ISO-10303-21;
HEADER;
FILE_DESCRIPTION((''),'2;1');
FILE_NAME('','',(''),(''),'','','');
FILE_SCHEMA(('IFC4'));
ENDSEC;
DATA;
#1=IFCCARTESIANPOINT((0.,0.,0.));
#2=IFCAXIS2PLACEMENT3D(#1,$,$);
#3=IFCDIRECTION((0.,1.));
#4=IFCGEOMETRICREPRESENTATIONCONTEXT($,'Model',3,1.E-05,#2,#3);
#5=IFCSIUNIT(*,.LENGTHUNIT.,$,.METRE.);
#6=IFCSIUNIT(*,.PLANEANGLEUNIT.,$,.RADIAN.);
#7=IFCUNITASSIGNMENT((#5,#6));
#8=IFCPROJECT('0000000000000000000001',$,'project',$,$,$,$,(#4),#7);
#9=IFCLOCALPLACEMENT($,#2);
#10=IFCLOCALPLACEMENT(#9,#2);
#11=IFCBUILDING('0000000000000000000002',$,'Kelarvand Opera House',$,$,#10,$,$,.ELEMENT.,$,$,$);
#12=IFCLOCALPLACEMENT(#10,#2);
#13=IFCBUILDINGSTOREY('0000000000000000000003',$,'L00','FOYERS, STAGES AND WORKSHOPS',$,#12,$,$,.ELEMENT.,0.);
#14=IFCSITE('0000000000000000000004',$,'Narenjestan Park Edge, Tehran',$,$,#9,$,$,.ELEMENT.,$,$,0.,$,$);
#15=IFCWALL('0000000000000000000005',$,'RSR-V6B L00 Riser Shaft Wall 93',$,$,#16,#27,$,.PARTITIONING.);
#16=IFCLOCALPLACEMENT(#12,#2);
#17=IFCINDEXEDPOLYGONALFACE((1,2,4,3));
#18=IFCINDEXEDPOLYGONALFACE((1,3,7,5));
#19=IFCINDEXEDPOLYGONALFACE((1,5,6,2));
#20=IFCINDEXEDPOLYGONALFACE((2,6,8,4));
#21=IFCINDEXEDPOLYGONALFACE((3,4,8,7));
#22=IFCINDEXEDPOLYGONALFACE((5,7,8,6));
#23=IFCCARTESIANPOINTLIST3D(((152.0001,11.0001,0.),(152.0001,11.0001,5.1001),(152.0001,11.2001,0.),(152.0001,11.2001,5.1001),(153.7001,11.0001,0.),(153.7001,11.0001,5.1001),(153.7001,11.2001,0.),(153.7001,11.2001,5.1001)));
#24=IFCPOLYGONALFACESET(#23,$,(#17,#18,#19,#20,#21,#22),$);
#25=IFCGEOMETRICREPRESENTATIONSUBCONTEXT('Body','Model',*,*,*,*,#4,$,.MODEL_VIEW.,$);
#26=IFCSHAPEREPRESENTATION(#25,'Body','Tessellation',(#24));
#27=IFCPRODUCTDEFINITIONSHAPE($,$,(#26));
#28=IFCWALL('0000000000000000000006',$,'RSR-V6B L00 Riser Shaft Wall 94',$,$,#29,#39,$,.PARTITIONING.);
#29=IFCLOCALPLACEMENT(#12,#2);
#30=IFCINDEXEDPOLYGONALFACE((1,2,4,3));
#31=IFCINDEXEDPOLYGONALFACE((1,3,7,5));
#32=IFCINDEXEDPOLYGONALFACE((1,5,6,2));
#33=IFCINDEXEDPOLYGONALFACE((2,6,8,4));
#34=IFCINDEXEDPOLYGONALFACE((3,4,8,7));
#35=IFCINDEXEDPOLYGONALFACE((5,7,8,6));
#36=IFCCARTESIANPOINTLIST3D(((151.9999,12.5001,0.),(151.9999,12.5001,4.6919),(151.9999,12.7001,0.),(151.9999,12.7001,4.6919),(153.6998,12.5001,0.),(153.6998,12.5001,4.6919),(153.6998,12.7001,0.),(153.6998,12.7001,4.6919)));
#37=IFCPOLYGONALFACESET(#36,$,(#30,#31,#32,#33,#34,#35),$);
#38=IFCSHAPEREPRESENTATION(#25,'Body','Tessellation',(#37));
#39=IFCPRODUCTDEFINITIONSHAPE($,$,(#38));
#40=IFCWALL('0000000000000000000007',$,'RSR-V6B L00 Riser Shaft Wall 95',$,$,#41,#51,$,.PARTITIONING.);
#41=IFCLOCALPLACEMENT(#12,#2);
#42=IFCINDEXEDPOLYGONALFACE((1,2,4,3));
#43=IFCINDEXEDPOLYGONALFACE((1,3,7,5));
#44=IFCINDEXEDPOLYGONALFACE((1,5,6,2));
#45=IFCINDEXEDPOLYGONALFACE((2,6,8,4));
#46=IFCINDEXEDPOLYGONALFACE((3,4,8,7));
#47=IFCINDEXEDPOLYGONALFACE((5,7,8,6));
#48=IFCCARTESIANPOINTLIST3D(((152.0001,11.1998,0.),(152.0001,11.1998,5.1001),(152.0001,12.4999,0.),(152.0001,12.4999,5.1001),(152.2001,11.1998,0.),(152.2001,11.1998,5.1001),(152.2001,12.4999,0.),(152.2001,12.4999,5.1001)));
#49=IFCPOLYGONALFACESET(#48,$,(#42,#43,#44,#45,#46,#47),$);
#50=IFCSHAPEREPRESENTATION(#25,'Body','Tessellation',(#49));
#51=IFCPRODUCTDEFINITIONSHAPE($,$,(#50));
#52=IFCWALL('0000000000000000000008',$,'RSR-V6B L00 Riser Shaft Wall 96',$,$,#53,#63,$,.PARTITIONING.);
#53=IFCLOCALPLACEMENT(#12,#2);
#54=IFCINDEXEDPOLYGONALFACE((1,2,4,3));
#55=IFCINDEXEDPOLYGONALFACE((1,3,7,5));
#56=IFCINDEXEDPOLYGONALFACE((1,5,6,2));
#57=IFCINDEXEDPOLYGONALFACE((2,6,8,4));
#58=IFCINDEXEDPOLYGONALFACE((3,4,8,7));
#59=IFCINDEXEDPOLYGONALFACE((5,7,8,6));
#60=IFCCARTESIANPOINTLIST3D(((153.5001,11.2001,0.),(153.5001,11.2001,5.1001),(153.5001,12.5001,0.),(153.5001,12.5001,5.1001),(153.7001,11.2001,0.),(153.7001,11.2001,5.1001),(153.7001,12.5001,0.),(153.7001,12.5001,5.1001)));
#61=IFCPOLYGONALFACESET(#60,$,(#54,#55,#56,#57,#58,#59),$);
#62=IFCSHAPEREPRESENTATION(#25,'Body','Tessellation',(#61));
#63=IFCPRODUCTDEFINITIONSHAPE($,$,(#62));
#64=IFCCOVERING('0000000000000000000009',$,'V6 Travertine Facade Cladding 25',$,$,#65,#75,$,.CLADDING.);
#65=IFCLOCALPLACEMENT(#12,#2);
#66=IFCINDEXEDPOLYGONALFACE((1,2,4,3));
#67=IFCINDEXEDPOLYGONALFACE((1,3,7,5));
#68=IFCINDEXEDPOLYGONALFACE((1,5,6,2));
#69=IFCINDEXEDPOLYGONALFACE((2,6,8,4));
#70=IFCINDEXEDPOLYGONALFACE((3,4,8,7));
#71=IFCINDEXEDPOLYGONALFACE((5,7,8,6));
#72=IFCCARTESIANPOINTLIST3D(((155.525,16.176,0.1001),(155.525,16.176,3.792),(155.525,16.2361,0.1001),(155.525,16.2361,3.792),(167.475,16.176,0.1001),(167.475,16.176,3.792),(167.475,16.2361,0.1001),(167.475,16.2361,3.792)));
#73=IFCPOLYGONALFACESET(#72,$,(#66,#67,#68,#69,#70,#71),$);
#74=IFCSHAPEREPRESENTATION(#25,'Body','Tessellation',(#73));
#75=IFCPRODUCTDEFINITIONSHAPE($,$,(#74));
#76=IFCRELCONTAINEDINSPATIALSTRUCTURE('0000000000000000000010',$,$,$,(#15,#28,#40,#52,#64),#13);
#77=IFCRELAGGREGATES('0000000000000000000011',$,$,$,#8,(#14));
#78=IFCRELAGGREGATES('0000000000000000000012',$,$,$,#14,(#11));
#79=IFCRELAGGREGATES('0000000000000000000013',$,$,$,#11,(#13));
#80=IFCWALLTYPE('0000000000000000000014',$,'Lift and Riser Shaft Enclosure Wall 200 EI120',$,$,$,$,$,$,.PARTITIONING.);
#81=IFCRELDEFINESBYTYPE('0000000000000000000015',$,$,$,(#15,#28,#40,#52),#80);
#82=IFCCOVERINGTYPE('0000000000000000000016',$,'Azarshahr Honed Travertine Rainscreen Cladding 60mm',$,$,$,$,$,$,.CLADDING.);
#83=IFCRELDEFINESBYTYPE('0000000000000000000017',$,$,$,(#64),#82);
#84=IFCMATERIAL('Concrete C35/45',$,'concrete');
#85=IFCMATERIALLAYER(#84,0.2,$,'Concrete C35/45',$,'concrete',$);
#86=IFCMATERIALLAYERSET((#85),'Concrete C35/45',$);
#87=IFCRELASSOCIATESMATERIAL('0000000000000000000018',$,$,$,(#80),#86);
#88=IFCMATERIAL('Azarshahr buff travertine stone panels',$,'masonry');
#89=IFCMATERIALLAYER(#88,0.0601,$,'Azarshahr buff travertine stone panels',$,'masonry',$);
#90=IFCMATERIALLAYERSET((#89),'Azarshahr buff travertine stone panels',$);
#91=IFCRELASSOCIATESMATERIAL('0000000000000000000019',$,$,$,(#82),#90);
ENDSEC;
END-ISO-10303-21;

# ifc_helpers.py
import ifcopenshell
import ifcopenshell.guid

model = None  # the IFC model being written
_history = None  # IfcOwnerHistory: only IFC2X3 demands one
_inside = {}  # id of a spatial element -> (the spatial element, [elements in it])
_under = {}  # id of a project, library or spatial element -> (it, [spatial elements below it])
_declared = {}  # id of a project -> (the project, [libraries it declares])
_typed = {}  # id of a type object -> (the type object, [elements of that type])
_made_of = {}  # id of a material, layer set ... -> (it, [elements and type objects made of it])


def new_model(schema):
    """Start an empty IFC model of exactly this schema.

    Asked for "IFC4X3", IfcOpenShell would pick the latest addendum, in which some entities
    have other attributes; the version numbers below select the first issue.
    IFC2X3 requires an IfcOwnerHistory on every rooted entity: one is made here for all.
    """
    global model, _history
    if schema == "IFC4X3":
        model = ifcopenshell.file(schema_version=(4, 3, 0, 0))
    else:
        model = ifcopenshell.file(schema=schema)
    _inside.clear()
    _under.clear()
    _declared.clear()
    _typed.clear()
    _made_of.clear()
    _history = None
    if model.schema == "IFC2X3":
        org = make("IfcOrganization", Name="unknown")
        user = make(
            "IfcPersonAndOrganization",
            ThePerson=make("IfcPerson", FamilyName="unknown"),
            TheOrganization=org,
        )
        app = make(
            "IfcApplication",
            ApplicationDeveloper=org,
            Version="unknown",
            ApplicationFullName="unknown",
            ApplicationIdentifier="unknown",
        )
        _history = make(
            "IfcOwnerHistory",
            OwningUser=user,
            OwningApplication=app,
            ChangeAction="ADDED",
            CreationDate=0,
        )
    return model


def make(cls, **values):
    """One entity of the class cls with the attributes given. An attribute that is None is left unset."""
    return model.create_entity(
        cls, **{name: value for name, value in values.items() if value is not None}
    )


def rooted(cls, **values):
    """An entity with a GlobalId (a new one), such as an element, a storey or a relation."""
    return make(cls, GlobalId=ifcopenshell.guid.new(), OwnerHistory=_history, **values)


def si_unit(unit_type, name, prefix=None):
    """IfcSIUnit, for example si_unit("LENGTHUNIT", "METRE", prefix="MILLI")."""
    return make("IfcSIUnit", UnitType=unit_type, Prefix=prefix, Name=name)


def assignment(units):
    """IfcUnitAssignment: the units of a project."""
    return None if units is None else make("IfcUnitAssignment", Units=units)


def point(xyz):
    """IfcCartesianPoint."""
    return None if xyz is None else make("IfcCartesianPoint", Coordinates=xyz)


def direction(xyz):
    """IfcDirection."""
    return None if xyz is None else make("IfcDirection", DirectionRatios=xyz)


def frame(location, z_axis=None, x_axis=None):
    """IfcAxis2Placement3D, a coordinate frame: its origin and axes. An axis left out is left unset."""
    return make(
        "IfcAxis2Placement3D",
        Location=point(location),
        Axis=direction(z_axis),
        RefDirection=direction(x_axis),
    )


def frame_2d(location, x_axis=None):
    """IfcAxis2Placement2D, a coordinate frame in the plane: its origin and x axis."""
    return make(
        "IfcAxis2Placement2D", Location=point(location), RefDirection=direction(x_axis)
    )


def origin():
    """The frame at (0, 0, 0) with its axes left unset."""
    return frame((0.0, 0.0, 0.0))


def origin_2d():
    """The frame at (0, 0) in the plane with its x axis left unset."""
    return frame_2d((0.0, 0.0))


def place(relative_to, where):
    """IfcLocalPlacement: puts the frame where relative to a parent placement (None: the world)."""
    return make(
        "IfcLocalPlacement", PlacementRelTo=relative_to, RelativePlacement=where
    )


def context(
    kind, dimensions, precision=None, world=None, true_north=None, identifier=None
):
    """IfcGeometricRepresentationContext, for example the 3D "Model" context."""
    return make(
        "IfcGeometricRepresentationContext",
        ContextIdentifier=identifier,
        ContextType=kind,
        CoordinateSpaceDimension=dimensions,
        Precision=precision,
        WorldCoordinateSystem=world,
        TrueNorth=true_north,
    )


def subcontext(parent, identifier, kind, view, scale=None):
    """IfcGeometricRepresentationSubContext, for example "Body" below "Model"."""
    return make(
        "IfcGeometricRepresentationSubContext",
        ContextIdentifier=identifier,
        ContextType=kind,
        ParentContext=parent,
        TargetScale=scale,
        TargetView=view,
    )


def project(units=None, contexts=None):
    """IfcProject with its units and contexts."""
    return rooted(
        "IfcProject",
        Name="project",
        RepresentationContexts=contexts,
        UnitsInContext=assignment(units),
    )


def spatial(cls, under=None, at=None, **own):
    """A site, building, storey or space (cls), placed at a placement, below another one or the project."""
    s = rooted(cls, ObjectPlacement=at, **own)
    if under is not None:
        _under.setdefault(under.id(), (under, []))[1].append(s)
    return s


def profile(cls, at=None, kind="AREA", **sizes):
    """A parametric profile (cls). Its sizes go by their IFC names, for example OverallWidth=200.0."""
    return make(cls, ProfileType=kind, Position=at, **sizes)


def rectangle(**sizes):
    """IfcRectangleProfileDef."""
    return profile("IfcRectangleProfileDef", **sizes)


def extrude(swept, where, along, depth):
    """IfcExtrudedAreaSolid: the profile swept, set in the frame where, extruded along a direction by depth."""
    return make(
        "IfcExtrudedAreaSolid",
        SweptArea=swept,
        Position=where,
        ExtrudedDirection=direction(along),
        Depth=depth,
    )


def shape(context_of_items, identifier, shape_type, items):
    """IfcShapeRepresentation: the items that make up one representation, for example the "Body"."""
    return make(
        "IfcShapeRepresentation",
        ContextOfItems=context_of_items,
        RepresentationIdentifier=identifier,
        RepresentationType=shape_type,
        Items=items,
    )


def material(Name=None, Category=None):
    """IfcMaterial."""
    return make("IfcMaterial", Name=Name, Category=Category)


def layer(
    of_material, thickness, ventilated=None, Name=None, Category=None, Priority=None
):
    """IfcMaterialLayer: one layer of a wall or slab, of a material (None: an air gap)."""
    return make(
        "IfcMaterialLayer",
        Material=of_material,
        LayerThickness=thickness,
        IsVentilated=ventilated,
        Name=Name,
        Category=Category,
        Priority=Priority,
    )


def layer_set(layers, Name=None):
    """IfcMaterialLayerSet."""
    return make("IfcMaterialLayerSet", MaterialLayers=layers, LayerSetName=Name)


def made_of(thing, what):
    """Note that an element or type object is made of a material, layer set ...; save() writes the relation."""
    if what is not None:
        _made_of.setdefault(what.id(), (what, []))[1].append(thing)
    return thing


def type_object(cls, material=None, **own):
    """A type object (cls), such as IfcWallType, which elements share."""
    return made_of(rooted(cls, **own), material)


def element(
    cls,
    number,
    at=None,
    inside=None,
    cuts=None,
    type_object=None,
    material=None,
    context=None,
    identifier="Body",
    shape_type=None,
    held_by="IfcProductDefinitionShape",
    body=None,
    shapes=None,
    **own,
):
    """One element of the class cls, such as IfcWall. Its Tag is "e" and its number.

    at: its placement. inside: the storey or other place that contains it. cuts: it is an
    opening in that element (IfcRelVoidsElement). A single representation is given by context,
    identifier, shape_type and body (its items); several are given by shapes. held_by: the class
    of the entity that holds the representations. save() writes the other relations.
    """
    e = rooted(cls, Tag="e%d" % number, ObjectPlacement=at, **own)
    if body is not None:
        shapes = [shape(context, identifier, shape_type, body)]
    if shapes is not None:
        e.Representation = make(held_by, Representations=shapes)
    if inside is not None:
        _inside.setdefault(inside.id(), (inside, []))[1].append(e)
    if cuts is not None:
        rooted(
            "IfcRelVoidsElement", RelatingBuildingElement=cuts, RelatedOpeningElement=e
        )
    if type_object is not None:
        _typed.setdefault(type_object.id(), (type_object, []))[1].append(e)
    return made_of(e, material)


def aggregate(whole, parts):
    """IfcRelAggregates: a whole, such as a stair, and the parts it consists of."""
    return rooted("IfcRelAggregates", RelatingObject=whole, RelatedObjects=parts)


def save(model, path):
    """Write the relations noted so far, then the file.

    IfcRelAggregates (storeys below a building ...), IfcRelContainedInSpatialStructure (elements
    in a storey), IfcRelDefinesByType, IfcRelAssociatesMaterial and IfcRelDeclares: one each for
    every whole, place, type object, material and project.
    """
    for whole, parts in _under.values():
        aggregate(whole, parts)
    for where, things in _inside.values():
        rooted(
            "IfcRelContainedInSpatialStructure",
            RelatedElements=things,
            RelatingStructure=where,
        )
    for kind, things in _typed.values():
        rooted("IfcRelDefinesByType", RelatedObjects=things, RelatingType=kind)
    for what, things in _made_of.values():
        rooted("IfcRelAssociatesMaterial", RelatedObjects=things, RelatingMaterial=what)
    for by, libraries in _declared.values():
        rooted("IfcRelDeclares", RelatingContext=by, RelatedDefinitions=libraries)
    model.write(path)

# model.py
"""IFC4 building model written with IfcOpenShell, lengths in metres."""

from ifc_helpers import new_model, si_unit, direction, frame, frame_2d, origin, origin_2d, place, context, subcontext, project, spatial, rectangle, extrude, material, layer, layer_set, type_object, element, save


model = new_model("IFC4")

# Units and contexts
model_context = context("Model", 3, precision=1e-05, world=origin(), true_north=direction((0.0, 1.0)))
body_context = subcontext(model_context, "Body", "Model", "MODEL_VIEW")
ifc_project = project(units=[si_unit("LENGTHUNIT", "METRE"), si_unit("PLANEANGLEUNIT", "RADIAN")], contexts=[model_context])

# Site, building, storey
site_placement = place(None, origin())
site = spatial("IfcSite", under=ifc_project, at=site_placement, Name="Narenjestan Park Edge, Tehran", CompositionType="ELEMENT", RefElevation=0.0)
building_placement = place(site_placement, origin())
building = spatial("IfcBuilding", under=site, at=building_placement, Name="Kelarvand Opera House", CompositionType="ELEMENT")
storey_placement = place(building_placement, origin())
storey = spatial("IfcBuildingStorey", under=building, at=storey_placement, Name="L00", Description="FOYERS, STAGES AND WORKSHOPS", CompositionType="ELEMENT", Elevation=0.0)

# Shared definitions
ifc_material_1 = material(Name="Concrete C35/45", Category="concrete")

# Walls
ifc_layer_1 = layer(ifc_material_1, 0.2, Name="Concrete C35/45", Category="concrete")
ifc_layer_set_1 = layer_set([ifc_layer_1], Name="Concrete C35/45")
wall_type_1 = type_object("IfcWallType", Name="Lift and Riser Shaft Enclosure Wall 200 EI120", PredefinedType="PARTITIONING", material=ifc_layer_set_1)
wall_1_placement = place(storey_placement, frame((152.0, 11.1001, 0.0), z_axis=(0.0, 0.0, 1.0), x_axis=(1.0, 0.0, 0.0)))
element("IfcWall", 1, at=wall_1_placement, inside=storey, type_object=wall_type_1, Name="RSR-V6B L00 Riser Shaft Wall 93", PredefinedType="PARTITIONING", context=body_context, shape_type="SweptSolid", body=[
    extrude(rectangle(XDim=1.7, YDim=0.2, at=frame_2d((0.8501, 0.0))), origin(), (0.0, 0.0, 1.0), 5.1001),
])
wall_2_placement = place(storey_placement, frame((153.7, 12.6001, 0.0), z_axis=(0.0, 0.0, 1.0), x_axis=(-1.0, 0.0, 0.0)))
element("IfcWall", 2, at=wall_2_placement, inside=storey, type_object=wall_type_1, Name="RSR-V6B L00 Riser Shaft Wall 94", PredefinedType="PARTITIONING", context=body_context, shape_type="SweptSolid", body=[
    extrude(rectangle(XDim=1.7, YDim=0.2, at=frame_2d((0.8501, 0.0))), origin(), (0.0, 0.0, 1.0), 4.6919),
])
for number, where, z_axis, x_axis, name in (
    (3, (152.1001, 11.2, 0.0), (0.0, 0.0, 1.0), (0.0, 1.0, 0.0), "RSR-V6B L00 Riser Shaft Wall 95"),
    (4, (153.6001, 12.5, 0.0), (0.0, 0.0, 1.0), (0.0, -1.0, 0.0), "RSR-V6B L00 Riser Shaft Wall 96"),
):
    element("IfcWall", number, at=place(storey_placement, frame(where, z_axis=z_axis, x_axis=x_axis)), inside=storey, type_object=wall_type_1, Name=name, PredefinedType="PARTITIONING", context=body_context, shape_type="SweptSolid", body=[
        extrude(rectangle(XDim=1.3, YDim=0.2, at=frame_2d((0.6499, 0.0))), origin(), (0.0, 0.0, 1.0), 5.1001),
    ])

# Covering
ifc_material_2 = material(Name="Azarshahr buff travertine stone panels", Category="masonry")
ifc_layer_2 = layer(ifc_material_2, 0.0601, Name="Azarshahr buff travertine stone panels", Category="masonry")
ifc_layer_set_2 = layer_set([ifc_layer_2], Name="Azarshahr buff travertine stone panels")
covering_type = type_object("IfcCoveringType", Name="Azarshahr Honed Travertine Rainscreen Cladding 60mm", PredefinedType="CLADDING", material=ifc_layer_set_2)
covering_placement = place(storey_placement, frame((161.5, 16.2061, 0.1001), z_axis=(0.0, 0.0, 1.0), x_axis=(1.0, 0.0, 0.0)))
element("IfcCovering", 5, at=covering_placement, inside=storey, type_object=covering_type, Name="V6 Travertine Facade Cladding 25", PredefinedType="CLADDING", context=body_context, shape_type="SweptSolid", body=[
    extrude(rectangle(XDim=11.95, YDim=0.0601, at=origin_2d()), origin(), (0.0, 0.0, 1.0), 3.6919),
])

save(model, "model.ifc")
